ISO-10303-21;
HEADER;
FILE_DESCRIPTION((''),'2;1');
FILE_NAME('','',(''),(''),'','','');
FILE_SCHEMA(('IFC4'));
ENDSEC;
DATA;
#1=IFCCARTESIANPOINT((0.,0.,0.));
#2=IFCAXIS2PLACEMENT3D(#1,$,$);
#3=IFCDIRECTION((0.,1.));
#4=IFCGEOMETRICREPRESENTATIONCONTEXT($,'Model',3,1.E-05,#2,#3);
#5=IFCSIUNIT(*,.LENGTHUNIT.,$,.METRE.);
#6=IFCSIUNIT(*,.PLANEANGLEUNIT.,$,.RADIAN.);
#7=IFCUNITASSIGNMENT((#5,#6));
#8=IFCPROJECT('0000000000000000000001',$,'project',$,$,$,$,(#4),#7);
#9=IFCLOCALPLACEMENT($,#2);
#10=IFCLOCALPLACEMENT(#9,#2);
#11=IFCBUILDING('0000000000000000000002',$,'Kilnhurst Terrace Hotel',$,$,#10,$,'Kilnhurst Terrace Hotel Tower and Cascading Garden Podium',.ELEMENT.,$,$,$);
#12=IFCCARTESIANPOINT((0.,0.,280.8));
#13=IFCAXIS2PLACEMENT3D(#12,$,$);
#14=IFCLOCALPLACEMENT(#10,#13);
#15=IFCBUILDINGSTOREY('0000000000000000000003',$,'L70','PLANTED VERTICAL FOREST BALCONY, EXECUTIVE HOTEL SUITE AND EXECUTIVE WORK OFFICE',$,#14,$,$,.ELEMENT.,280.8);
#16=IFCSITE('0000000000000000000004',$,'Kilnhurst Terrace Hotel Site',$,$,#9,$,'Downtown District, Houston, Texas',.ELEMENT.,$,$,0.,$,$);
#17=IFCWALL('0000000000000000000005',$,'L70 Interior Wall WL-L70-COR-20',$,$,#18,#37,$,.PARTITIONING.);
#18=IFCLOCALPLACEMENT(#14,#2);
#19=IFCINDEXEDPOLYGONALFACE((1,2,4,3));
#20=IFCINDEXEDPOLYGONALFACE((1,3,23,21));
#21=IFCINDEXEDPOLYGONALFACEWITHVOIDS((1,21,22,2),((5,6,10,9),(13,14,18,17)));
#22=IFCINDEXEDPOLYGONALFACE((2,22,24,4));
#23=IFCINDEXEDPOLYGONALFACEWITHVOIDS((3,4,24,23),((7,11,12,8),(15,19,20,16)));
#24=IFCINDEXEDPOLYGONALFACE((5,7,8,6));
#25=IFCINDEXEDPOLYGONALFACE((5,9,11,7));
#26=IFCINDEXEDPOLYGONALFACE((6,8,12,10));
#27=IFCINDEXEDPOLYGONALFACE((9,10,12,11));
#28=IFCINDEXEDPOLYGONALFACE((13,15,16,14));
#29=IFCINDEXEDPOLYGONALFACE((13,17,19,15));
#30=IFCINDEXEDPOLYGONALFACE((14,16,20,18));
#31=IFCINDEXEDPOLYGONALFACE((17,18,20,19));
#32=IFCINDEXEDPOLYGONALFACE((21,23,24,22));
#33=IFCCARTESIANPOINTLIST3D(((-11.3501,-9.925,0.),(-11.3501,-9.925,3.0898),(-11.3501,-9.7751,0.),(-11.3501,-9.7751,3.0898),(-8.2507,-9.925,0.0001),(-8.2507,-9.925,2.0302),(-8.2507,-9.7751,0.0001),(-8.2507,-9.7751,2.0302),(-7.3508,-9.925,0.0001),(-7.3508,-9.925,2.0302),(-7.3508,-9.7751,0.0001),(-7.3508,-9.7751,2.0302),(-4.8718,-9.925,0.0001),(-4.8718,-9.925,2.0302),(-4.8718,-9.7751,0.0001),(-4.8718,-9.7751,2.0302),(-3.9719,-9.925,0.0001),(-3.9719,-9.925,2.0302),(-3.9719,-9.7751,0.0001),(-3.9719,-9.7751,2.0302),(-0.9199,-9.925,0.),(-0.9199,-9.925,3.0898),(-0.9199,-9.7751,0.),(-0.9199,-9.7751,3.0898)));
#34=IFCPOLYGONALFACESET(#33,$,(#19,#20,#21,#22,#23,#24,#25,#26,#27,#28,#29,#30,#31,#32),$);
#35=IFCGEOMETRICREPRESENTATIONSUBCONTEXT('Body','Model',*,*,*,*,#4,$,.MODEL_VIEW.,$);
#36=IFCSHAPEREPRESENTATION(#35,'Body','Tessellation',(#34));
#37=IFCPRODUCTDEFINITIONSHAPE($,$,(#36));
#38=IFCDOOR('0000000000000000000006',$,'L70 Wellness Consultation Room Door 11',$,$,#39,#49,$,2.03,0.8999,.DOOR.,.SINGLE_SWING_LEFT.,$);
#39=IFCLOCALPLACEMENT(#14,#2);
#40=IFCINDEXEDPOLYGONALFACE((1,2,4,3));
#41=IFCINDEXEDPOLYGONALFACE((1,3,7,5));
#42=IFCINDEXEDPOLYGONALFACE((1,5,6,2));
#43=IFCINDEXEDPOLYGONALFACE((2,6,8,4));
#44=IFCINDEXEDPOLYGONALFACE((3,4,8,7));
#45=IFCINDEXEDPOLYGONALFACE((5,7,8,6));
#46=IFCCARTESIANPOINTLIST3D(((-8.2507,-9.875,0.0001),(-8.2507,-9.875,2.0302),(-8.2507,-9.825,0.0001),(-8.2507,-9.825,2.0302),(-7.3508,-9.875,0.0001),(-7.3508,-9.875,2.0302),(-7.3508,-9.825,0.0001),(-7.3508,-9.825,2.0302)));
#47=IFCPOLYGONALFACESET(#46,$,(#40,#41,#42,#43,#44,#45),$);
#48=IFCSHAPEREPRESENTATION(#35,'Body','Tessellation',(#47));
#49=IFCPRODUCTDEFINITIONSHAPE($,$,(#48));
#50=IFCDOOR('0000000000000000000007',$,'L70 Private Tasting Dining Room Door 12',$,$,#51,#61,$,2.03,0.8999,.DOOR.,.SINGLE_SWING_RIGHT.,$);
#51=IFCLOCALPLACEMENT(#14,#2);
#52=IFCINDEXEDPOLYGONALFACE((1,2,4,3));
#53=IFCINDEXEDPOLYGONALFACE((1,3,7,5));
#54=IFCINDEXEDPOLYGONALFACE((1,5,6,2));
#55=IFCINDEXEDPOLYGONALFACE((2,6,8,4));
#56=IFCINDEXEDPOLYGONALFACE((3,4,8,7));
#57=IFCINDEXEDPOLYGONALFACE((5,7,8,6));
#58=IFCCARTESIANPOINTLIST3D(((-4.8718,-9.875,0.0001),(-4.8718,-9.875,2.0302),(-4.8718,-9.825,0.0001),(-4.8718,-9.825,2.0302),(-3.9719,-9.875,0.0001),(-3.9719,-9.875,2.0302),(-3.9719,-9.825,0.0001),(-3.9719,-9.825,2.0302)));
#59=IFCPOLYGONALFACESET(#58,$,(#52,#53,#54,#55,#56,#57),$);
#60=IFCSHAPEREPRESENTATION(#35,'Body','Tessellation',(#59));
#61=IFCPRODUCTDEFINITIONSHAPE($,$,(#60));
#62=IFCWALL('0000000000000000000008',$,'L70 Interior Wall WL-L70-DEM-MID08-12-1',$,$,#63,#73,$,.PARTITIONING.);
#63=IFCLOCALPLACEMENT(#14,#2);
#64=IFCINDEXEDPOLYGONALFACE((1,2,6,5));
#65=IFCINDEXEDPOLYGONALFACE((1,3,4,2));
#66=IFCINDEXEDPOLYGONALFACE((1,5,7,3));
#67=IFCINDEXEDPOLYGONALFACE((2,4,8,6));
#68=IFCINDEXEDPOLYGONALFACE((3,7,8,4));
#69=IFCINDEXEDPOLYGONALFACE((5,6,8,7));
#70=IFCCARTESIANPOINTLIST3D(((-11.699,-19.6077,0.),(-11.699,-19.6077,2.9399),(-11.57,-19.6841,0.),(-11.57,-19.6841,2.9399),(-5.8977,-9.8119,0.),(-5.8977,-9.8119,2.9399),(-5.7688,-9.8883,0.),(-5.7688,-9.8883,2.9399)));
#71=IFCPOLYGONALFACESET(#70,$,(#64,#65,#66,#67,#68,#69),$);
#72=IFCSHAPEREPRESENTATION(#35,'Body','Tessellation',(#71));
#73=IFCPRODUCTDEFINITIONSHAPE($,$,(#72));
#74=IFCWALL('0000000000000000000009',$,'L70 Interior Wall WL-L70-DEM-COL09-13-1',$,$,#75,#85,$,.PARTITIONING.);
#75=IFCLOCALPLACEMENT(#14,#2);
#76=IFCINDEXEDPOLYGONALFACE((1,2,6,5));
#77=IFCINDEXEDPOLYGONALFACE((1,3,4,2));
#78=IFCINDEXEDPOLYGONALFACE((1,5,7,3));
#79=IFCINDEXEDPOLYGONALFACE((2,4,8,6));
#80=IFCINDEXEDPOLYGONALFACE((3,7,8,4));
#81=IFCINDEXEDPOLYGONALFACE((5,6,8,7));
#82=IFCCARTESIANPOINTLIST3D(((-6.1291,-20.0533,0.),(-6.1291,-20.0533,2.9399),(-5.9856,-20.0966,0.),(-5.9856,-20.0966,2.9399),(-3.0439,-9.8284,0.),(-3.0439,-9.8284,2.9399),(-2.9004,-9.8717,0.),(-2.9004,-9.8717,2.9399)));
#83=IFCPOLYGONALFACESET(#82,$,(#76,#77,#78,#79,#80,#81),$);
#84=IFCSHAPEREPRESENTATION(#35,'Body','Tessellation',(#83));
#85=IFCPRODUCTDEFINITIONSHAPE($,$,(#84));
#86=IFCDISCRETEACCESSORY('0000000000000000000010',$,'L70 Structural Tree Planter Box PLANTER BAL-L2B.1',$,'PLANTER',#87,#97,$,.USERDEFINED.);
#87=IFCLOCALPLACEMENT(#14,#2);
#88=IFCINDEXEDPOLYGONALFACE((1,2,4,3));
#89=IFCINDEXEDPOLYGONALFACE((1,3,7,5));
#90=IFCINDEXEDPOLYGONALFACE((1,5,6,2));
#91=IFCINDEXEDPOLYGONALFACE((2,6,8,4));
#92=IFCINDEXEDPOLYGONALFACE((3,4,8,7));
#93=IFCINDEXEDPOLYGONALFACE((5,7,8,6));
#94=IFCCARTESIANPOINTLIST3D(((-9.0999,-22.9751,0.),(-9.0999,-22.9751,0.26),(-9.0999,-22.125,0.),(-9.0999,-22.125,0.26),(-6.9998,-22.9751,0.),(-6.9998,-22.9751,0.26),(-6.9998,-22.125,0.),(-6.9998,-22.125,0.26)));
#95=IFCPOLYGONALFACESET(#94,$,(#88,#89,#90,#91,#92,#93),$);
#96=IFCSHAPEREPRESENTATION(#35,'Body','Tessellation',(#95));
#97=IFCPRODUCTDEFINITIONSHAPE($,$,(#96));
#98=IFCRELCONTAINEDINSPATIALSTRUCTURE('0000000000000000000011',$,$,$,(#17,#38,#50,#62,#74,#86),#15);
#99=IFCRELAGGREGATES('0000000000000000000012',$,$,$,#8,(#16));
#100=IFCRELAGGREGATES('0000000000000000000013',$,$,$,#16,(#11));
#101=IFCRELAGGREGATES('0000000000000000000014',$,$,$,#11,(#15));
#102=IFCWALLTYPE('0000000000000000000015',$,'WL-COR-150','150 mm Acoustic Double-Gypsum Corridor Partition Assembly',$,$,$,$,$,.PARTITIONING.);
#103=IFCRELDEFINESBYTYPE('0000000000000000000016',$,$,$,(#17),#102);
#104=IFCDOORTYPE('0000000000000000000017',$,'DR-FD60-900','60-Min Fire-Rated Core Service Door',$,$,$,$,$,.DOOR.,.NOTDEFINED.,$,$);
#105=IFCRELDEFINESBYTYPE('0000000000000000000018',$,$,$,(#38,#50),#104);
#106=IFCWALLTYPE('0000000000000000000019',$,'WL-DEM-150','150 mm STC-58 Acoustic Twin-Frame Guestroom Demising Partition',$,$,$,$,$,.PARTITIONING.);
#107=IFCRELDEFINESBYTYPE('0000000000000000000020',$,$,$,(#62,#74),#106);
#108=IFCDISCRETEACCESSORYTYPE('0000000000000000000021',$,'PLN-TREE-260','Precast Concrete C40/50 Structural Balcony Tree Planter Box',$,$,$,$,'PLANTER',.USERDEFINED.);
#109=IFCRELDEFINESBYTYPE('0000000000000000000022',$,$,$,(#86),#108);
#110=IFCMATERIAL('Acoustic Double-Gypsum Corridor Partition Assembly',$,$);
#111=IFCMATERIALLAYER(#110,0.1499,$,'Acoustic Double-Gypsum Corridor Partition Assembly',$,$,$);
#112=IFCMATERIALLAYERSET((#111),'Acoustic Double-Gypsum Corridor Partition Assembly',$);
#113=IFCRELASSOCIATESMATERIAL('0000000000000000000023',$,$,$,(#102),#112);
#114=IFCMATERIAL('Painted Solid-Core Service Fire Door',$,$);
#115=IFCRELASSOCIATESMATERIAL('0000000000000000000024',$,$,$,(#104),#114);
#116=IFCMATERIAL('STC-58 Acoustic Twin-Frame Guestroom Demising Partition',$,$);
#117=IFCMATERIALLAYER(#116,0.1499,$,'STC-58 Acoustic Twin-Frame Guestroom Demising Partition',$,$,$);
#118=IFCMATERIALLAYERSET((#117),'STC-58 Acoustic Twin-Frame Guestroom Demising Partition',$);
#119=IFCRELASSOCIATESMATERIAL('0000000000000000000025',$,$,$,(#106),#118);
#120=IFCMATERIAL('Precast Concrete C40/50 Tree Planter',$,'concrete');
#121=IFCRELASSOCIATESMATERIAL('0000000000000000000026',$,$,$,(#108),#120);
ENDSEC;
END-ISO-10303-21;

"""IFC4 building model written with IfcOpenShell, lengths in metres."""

from ifc_helpers import new_model, si_unit, direction, frame, frame_2d, origin, origin_2d, place, context, subcontext, project, spatial, rectangle, extrude, material, layer, layer_set, type_object, element, fill, save


model = new_model("IFC4")

# Units and contexts
model_context = context("Model", 3, precision=1e-05, world=origin(), true_north=direction((0.0, 1.0)))
body_context = subcontext(model_context, "Body", "Model", "MODEL_VIEW")
ifc_project = project(units=[si_unit("LENGTHUNIT", "METRE"), si_unit("PLANEANGLEUNIT", "RADIAN")], contexts=[model_context])

# Site, building, storey
site_placement = place(None, origin())
site = spatial("IfcSite", under=ifc_project, at=site_placement, Name="Kilnhurst Terrace Hotel Site", LongName="Downtown District, Houston, Texas", CompositionType="ELEMENT", RefElevation=0.0)
building_placement = place(site_placement, origin())
building = spatial("IfcBuilding", under=site, at=building_placement, Name="Kilnhurst Terrace Hotel", LongName="Kilnhurst Terrace Hotel Tower and Cascading Garden Podium", CompositionType="ELEMENT")
storey_placement = place(building_placement, frame((0.0, 0.0, 280.8)))
storey = spatial("IfcBuildingStorey", under=building, at=storey_placement, Name="L70", Description="PLANTED VERTICAL FOREST BALCONY, EXECUTIVE HOTEL SUITE AND EXECUTIVE WORK OFFICE", CompositionType="ELEMENT", Elevation=280.8)

# Shared definitions
ifc_material_1 = material(Name="Acoustic Double-Gypsum Corridor Partition Assembly")
ifc_layer_1 = layer(ifc_material_1, 0.1499, Name="Acoustic Double-Gypsum Corridor Partition Assembly")
ifc_layer_set_1 = layer_set([ifc_layer_1], Name="Acoustic Double-Gypsum Corridor Partition Assembly")
wall_type_1 = type_object("IfcWallType", Name="WL-COR-150", Description="150 mm Acoustic Double-Gypsum Corridor Partition Assembly", PredefinedType="PARTITIONING", material=ifc_layer_set_1)

# Wall, openings, doors
wall_1_placement = place(storey_placement, frame((-0.9199, -9.8501, 0.0), z_axis=(0.0, 0.0, 1.0), x_axis=(-1.0, 0.0, 0.0)))
wall_1 = element("IfcWall", 1, at=wall_1_placement, inside=storey, type_object=wall_type_1, Name="L70 Interior Wall WL-L70-COR-20", PredefinedType="PARTITIONING", context=body_context, shape_type="SweptSolid", body=[
    extrude(rectangle(XDim=10.4302, YDim=0.1499, at=frame_2d((5.2151, 0.0))), origin(), (0.0, 0.0, 1.0), 3.0898),
])
opening_1_placement = place(wall_1_placement, frame((6.4309, 0.0, 0.0)))
opening_1 = element("IfcOpeningElement", 2, at=opening_1_placement, cuts=wall_1, PredefinedType="OPENING", context=body_context, shape_type="SweptSolid", body=[
    extrude(rectangle(XDim=0.8999, YDim=2.03, at=frame_2d((0.45, 1.0151))), frame((0.0, 0.085, 0.0), z_axis=(0.0, -1.0, 0.0), x_axis=(1.0, 0.0, 0.0)), (0.0, 0.0, 1.0), 0.1699),
])
opening_2_placement = place(wall_1_placement, frame((3.052, 0.0, 0.0)))
opening_2 = element("IfcOpeningElement", 3, at=opening_2_placement, cuts=wall_1, PredefinedType="OPENING", context=body_context, shape_type="SweptSolid", body=[
    extrude(rectangle(XDim=0.8999, YDim=2.03, at=frame_2d((0.45, 1.0151))), frame((0.0, 0.085, 0.0), z_axis=(0.0, -1.0, 0.0), x_axis=(1.0, 0.0, 0.0)), (0.0, 0.0, 1.0), 0.1699),
])
ifc_material_2 = material(Name="Painted Solid-Core Service Fire Door")
door_type = type_object("IfcDoorType", Name="DR-FD60-900", Description="60-Min Fire-Rated Core Service Door", OperationType="NOTDEFINED", PredefinedType="DOOR", material=ifc_material_2)
door_1_placement = place(opening_1_placement, origin())
door_1 = element("IfcDoor", 4, at=door_1_placement, inside=storey, type_object=door_type, Name="L70 Wellness Consultation Room Door 11", OperationType="SINGLE_SWING_LEFT", OverallHeight=2.03, OverallWidth=0.8999, PredefinedType="DOOR", context=body_context, shape_type="SweptSolid", body=[
    extrude(rectangle(XDim=0.8999, YDim=2.03, at=frame_2d((0.45, 1.0151))), frame((0.0, 0.0249, 0.0), z_axis=(0.0, -1.0, 0.0), x_axis=(1.0, 0.0, 0.0)), (0.0, 0.0, 1.0), 0.05),
])
fill(opening_1, door_1)
door_2_placement = place(opening_2_placement, origin())
door_2 = element("IfcDoor", 5, at=door_2_placement, inside=storey, type_object=door_type, Name="L70 Private Tasting Dining Room Door 12", OperationType="SINGLE_SWING_RIGHT", OverallHeight=2.03, OverallWidth=0.8999, PredefinedType="DOOR", context=body_context, shape_type="SweptSolid", body=[
    extrude(rectangle(XDim=0.8999, YDim=2.03, at=frame_2d((0.45, 1.0151))), frame((0.0, 0.0249, 0.0), z_axis=(0.0, -1.0, 0.0), x_axis=(1.0, 0.0, 0.0)), (0.0, 0.0, 1.0), 0.05),
])
fill(opening_2, door_2)

# Walls
ifc_material_3 = material(Name="STC-58 Acoustic Twin-Frame Guestroom Demising Partition")
ifc_layer_2 = layer(ifc_material_3, 0.1499, Name="STC-58 Acoustic Twin-Frame Guestroom Demising Partition")
ifc_layer_set_2 = layer_set([ifc_layer_2], Name="STC-58 Acoustic Twin-Frame Guestroom Demising Partition")
wall_type_2 = type_object("IfcWallType", Name="WL-DEM-150", Description="150 mm STC-58 Acoustic Twin-Frame Guestroom Demising Partition", PredefinedType="PARTITIONING", material=ifc_layer_set_2)
wall_2_placement = place(storey_placement, frame((-5.8333, -9.8501, 0.0), z_axis=(0.0, 0.0, 1.0), x_axis=(-0.509561, -0.860434, 0.0)))
element("IfcWall", 6, at=wall_2_placement, inside=storey, type_object=wall_type_2, Name="L70 Interior Wall WL-L70-DEM-MID08-12-1", PredefinedType="PARTITIONING", context=body_context, shape_type="SweptSolid", body=[
    extrude(rectangle(XDim=11.3848, YDim=0.1499, at=frame_2d((5.6924, 0.0))), origin(), (0.0, 0.0, 1.0), 2.9399),
])
wall_3_placement = place(storey_placement, frame((-2.9722, -9.8501, 0.0), z_axis=(0.0, 0.0, 1.0), x_axis=(-0.288872, -0.957368, 0.0)))
element("IfcWall", 7, at=wall_3_placement, inside=storey, type_object=wall_type_2, Name="L70 Interior Wall WL-L70-DEM-COL09-13-1", PredefinedType="PARTITIONING", context=body_context, shape_type="SweptSolid", body=[
    extrude(rectangle(XDim=10.6802, YDim=0.1499, at=frame_2d((5.3401, 0.0))), origin(), (0.0, 0.0, 1.0), 2.9399),
])

# Discrete accessory
ifc_material_4 = material(Name="Precast Concrete C40/50 Tree Planter", Category="concrete")
discrete_accessory_type = type_object("IfcDiscreteAccessoryType", Name="PLN-TREE-260", Description="Precast Concrete C40/50 Structural Balcony Tree Planter Box", ElementType="PLANTER", PredefinedType="USERDEFINED", material=ifc_material_4)
discrete_accessory_placement = place(storey_placement, frame((-8.0498, -22.55, 0.0), z_axis=(0.0, 0.0, 1.0), x_axis=(1.0, 0.0, 0.0)))
element("IfcDiscreteAccessory", 8, at=discrete_accessory_placement, inside=storey, type_object=discrete_accessory_type, Name="L70 Structural Tree Planter Box PLANTER BAL-L2B.1", ObjectType="PLANTER", PredefinedType="USERDEFINED", context=body_context, shape_type="SweptSolid", body=[
    extrude(rectangle(XDim=2.1001, YDim=0.8501, at=origin_2d()), origin(), (0.0, 0.0, 1.0), 0.26),
])

save(model, "model.ifc")
